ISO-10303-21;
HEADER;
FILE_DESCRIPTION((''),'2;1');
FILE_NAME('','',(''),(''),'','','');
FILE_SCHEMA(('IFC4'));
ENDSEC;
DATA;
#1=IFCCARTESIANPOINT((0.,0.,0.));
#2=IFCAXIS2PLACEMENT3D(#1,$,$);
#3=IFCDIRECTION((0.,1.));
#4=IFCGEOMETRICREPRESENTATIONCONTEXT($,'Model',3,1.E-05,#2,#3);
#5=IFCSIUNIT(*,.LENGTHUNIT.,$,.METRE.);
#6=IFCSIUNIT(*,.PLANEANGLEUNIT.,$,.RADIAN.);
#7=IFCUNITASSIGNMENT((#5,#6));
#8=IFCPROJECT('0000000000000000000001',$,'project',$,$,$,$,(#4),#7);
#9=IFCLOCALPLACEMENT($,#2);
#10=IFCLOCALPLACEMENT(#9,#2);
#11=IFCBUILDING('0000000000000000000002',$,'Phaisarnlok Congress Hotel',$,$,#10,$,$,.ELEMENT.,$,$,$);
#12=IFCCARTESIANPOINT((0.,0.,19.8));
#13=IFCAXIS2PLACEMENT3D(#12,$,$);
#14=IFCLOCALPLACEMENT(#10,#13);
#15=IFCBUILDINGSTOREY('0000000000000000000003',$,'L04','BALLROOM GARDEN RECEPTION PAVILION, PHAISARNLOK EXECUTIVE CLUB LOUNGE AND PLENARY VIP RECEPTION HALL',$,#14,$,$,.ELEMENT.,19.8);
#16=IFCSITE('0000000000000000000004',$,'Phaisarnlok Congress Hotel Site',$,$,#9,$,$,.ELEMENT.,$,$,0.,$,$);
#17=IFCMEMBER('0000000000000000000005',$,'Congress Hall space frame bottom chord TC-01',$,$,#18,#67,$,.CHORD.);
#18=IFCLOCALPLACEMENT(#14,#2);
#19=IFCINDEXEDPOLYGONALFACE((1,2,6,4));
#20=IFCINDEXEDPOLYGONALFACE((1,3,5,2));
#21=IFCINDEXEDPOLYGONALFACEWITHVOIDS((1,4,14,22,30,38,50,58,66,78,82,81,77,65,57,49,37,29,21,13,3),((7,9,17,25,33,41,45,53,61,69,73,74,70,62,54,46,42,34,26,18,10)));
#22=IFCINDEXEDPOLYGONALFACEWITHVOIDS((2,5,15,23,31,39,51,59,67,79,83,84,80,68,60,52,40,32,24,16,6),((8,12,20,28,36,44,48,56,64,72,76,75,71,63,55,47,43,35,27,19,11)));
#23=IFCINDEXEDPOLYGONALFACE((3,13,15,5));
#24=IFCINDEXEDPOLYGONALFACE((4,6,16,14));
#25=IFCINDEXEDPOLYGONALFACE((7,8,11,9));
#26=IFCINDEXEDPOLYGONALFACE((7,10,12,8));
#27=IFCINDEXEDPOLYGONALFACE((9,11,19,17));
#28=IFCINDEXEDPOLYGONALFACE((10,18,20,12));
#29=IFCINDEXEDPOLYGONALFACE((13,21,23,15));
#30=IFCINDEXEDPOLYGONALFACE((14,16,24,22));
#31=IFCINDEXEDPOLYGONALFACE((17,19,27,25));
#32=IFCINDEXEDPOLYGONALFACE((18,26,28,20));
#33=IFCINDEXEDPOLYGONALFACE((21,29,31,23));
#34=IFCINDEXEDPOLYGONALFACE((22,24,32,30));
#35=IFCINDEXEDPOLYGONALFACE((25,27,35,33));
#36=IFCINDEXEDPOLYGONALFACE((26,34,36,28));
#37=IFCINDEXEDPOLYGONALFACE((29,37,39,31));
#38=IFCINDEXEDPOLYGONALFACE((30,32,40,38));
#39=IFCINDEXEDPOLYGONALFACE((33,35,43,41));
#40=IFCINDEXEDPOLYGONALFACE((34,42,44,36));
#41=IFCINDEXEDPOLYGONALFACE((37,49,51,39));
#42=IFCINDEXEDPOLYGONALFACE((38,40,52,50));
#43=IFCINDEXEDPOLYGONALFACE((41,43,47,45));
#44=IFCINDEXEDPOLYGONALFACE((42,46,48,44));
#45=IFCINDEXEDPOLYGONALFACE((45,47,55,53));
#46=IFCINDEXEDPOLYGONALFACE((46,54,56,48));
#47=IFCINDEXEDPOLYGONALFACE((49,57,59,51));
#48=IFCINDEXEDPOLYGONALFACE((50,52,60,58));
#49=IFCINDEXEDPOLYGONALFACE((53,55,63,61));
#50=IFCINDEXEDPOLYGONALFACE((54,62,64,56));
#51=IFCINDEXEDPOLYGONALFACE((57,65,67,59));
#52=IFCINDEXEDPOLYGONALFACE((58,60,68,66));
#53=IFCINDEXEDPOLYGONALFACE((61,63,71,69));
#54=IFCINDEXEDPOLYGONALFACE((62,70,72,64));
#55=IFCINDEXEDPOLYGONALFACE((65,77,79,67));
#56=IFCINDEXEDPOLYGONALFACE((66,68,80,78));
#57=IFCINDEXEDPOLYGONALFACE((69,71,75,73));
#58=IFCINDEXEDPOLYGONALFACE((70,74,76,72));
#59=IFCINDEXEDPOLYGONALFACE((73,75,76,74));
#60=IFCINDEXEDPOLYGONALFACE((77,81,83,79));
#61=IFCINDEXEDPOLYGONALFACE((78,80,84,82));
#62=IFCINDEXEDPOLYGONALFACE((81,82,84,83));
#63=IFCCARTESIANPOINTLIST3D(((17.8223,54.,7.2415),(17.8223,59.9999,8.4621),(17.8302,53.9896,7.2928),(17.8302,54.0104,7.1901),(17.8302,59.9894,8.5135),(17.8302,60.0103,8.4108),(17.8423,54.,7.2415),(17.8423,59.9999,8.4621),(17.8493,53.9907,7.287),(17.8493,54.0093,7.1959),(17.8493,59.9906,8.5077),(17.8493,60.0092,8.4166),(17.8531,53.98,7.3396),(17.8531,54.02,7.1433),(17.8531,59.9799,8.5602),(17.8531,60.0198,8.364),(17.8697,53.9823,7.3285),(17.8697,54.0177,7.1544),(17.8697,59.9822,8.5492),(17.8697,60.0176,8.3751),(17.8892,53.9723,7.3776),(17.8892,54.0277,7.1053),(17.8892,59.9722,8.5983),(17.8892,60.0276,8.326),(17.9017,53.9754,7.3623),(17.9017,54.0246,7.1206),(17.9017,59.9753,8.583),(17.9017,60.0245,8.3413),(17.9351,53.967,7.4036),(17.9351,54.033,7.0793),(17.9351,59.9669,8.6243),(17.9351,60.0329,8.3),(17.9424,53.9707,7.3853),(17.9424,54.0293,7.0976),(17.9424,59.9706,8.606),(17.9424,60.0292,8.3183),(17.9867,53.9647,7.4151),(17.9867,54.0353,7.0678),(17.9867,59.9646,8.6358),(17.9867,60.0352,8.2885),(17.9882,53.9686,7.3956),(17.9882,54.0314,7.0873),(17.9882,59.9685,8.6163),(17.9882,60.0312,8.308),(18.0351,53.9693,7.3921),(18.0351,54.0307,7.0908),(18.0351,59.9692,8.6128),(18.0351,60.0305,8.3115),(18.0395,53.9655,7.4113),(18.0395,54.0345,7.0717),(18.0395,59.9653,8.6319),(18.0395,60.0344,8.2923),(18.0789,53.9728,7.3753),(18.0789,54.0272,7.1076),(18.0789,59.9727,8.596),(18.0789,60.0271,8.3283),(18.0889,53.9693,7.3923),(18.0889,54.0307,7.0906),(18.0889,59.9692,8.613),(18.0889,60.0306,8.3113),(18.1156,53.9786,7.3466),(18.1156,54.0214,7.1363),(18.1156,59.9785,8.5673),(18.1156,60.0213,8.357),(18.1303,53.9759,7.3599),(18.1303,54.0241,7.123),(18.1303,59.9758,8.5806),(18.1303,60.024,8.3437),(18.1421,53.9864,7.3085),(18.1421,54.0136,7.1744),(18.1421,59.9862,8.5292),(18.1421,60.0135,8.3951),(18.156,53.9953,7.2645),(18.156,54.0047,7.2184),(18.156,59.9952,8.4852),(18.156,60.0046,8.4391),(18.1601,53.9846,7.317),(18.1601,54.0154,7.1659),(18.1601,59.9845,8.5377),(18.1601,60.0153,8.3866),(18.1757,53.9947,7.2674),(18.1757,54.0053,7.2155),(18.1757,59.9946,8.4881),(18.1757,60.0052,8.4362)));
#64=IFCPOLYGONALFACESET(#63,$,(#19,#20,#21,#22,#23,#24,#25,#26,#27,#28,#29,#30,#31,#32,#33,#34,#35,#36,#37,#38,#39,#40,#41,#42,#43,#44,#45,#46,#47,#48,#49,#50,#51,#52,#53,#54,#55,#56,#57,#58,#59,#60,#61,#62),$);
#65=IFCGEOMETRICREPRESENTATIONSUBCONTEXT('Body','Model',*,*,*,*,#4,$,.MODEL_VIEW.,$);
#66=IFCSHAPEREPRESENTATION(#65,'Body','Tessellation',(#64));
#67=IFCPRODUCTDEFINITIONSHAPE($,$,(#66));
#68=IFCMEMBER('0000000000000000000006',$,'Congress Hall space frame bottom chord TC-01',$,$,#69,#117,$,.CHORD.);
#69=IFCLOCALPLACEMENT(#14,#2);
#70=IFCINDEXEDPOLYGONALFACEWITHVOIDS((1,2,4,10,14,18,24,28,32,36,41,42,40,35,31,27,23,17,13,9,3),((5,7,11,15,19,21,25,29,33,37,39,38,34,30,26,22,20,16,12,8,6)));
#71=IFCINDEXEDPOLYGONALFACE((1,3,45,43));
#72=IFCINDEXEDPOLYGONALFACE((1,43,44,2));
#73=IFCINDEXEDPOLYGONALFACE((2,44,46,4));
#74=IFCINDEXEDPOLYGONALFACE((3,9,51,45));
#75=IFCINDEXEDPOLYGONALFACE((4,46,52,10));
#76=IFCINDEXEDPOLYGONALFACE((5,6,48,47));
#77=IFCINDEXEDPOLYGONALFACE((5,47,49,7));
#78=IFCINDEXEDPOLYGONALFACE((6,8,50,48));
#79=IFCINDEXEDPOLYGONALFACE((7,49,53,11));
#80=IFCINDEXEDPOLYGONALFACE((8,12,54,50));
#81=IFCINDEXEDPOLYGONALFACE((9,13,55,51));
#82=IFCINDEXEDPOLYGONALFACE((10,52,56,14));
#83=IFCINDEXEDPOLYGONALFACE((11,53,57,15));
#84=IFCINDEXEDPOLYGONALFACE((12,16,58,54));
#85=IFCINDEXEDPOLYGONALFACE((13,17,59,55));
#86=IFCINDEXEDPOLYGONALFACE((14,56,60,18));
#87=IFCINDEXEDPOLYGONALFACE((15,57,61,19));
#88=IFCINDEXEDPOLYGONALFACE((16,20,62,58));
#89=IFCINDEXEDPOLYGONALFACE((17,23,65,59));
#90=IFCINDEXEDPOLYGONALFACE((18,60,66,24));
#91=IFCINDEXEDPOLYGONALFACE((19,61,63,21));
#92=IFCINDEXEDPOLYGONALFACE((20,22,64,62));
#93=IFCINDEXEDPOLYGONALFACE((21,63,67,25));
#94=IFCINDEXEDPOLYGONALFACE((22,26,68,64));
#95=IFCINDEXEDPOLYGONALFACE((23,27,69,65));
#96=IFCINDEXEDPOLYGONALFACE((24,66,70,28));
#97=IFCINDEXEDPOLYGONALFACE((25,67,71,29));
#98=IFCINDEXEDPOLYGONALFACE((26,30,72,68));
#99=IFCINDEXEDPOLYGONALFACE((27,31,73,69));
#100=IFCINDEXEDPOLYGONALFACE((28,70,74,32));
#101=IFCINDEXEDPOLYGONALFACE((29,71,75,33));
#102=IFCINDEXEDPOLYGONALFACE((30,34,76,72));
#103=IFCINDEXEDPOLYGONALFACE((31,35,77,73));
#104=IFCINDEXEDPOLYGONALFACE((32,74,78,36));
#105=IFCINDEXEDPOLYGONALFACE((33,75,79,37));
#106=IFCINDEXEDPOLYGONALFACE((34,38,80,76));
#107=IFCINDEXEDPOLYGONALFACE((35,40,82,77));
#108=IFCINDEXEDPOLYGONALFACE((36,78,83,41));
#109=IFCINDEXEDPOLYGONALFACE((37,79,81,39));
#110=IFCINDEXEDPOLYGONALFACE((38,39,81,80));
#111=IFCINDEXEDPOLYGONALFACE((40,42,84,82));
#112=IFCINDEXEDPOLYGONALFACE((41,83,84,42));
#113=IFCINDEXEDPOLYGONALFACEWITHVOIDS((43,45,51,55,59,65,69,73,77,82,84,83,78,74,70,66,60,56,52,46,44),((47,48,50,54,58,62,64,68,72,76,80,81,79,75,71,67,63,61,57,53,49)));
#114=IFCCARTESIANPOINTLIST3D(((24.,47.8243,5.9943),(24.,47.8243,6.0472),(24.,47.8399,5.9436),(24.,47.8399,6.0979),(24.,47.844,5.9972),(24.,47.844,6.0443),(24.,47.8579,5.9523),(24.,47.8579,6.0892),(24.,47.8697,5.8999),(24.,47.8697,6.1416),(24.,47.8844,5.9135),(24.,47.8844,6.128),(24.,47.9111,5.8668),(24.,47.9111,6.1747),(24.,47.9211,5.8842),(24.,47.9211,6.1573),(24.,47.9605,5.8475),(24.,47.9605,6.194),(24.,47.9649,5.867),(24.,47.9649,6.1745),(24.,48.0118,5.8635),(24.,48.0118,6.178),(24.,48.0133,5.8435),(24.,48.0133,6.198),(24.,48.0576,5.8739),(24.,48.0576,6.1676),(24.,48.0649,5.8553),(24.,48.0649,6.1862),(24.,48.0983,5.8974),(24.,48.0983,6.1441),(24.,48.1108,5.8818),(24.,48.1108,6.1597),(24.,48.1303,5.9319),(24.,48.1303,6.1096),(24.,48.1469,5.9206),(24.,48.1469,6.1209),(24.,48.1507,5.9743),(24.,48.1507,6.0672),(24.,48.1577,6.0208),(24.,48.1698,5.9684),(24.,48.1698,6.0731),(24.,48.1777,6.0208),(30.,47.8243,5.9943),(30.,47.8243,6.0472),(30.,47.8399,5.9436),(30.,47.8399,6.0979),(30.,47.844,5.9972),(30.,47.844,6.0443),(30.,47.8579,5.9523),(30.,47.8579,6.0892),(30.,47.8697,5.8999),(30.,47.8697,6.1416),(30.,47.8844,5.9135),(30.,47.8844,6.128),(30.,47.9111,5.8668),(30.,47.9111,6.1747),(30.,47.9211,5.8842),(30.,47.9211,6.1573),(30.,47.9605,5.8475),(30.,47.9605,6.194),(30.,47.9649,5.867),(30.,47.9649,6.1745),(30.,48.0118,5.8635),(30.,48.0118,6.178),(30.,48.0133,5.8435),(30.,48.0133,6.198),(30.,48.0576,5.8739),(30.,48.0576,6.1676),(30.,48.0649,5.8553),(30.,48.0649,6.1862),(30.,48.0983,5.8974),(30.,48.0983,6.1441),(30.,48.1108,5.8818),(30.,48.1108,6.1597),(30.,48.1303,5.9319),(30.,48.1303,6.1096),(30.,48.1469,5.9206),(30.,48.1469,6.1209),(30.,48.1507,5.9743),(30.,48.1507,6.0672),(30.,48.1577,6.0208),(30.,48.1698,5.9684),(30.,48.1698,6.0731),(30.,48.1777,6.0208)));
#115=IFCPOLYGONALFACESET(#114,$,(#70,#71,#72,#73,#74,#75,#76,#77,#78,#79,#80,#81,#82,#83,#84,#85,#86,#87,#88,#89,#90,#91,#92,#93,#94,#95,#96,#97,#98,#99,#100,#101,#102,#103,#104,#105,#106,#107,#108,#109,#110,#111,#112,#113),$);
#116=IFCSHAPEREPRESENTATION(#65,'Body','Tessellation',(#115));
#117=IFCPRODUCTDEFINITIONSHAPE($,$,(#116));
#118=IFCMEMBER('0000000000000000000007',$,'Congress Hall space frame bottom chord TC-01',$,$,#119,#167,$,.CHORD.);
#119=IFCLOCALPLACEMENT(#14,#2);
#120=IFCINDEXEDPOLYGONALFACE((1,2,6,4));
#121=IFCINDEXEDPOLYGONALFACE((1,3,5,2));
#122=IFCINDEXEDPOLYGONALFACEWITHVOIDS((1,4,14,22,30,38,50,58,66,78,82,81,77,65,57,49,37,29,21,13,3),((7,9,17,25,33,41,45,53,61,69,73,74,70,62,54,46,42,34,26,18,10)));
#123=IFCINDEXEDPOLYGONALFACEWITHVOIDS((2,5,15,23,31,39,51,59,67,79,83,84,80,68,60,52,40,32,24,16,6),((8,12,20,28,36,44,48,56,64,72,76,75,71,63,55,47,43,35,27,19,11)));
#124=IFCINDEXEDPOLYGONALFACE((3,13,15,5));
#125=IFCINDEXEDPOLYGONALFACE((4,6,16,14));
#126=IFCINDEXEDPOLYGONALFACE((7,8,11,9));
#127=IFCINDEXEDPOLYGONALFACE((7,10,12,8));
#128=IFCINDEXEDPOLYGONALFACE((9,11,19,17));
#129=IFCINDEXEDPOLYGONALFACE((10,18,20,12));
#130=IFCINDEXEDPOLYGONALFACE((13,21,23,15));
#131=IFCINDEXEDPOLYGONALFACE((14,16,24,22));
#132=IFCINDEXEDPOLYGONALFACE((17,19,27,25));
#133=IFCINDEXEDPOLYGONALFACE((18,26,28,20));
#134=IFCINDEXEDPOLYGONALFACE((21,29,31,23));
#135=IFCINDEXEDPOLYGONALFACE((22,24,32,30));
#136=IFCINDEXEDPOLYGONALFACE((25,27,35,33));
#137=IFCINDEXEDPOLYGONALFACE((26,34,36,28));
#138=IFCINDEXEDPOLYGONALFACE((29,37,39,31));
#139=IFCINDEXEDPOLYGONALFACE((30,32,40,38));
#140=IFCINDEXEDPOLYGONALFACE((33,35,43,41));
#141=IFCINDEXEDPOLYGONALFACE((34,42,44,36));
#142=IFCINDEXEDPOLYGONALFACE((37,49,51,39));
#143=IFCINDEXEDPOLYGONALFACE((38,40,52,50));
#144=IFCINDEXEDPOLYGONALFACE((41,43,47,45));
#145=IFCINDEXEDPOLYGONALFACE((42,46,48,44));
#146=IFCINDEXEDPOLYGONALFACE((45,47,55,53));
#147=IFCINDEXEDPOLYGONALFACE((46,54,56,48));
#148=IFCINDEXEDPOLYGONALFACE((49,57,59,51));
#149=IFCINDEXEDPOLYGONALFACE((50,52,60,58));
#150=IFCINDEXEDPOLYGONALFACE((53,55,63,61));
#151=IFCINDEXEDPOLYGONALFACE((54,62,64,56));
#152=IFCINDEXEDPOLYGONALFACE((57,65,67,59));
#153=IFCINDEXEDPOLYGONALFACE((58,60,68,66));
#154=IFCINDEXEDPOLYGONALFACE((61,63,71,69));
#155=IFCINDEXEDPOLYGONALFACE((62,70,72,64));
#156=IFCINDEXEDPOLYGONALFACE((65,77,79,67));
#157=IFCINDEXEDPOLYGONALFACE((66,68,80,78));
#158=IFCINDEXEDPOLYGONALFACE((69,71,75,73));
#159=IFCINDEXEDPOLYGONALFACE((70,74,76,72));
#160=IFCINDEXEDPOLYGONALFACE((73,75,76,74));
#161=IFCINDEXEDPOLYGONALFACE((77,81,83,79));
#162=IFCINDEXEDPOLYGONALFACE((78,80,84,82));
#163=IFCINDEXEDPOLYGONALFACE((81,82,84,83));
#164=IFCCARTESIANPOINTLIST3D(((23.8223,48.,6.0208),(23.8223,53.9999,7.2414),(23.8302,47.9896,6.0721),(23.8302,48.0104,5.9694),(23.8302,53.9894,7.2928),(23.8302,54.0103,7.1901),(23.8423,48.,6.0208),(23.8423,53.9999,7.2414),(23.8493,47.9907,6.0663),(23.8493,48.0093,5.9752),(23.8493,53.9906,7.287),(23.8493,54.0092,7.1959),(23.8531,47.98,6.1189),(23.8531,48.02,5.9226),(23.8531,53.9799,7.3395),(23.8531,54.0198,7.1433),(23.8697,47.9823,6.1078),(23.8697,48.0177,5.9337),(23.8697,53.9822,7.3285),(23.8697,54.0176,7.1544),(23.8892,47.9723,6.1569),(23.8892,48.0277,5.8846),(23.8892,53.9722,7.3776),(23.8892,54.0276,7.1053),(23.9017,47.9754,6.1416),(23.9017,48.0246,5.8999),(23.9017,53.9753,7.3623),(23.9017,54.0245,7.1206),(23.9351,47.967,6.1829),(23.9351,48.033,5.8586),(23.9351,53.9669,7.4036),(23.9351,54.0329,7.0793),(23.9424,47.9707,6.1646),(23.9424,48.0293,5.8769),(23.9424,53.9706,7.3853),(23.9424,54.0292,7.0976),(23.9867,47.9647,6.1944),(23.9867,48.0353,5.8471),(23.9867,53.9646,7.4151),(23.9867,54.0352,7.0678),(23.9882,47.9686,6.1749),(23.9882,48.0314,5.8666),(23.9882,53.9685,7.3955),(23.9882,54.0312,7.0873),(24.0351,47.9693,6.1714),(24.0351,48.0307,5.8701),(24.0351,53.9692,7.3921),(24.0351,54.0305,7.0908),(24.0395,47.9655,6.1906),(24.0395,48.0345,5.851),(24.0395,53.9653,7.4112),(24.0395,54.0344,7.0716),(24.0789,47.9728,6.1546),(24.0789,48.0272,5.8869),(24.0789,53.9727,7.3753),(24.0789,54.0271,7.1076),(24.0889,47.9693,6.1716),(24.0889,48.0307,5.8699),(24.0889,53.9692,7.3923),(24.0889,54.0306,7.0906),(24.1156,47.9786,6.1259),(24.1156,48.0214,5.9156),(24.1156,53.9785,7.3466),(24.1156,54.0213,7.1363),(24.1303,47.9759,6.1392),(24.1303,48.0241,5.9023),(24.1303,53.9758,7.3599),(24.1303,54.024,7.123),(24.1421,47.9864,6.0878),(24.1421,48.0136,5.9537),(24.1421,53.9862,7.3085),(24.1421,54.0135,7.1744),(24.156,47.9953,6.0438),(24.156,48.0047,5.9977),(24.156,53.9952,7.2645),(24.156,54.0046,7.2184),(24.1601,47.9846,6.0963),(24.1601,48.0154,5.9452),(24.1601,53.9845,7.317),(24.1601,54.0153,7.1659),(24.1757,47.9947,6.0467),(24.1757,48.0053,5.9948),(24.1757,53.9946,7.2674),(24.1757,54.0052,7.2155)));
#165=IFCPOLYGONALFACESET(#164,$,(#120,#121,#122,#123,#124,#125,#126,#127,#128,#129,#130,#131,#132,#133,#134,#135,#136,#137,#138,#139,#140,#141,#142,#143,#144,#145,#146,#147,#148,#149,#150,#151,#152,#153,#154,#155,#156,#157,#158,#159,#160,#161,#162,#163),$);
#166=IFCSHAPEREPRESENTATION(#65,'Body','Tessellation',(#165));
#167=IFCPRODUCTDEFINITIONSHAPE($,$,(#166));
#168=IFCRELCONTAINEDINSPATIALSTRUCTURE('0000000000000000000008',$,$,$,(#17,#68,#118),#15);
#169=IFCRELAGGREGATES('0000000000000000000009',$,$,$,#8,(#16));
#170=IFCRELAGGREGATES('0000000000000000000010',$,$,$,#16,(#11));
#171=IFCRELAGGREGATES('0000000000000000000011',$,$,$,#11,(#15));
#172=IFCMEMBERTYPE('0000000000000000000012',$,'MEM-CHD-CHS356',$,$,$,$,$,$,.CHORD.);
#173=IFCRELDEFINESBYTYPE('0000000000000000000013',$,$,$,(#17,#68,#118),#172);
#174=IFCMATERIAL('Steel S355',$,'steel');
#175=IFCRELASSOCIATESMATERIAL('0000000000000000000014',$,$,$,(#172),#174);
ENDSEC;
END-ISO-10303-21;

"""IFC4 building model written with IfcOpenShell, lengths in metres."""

from ifc_helpers import new_model, si_unit, direction, frame, origin, origin_2d, place, context, subcontext, project, spatial, hollow_circle, extrude, material, material_profile, profile_set, type_object, element, save


model = new_model("IFC4")

# Units and contexts
model_context = context("Model", 3, precision=1e-05, world=origin(), true_north=direction((0.0, 1.0)))
body_context = subcontext(model_context, "Body", "Model", "MODEL_VIEW")
ifc_project = project(units=[si_unit("LENGTHUNIT", "METRE"), si_unit("PLANEANGLEUNIT", "RADIAN")], contexts=[model_context])

# Site, building, storey
site_placement = place(None, origin())
site = spatial("IfcSite", under=ifc_project, at=site_placement, Name="Phaisarnlok Congress Hotel Site", CompositionType="ELEMENT", RefElevation=0.0)
building_placement = place(site_placement, origin())
building = spatial("IfcBuilding", under=site, at=building_placement, Name="Phaisarnlok Congress Hotel", CompositionType="ELEMENT")
storey_placement = place(building_placement, frame((0.0, 0.0, 19.8)))
storey = spatial("IfcBuildingStorey", under=building, at=storey_placement, Name="L04", Description="BALLROOM GARDEN RECEPTION PAVILION, PHAISARNLOK EXECUTIVE CLUB LOUNGE AND PLENARY VIP RECEPTION HALL", CompositionType="ELEMENT", Elevation=19.8)

# Members
ifc_material = material(Name="Steel S355", Category="steel")
ifc_material_profile_1 = material_profile(ifc_material, hollow_circle(Radius=0.1777, WallThickness=0.02, at=origin_2d()), Name="CHS 355.6x20")
ifc_profile_set_1 = profile_set([ifc_material_profile_1], Name="Steel S355")
member_type_1 = type_object("IfcMemberType", Name="MEM-CHD-CHS356", PredefinedType="CHORD", material=ifc_profile_set_1)
member_1_placement = place(storey_placement, frame((18.0, 54.0, 7.2415), z_axis=(0.0, 0.979925, 0.199366), x_axis=(-1.0, 0.0, 0.0)))
element("IfcMember", 1, at=member_1_placement, inside=storey, type_object=member_type_1, Name="Congress Hall space frame bottom chord TC-01", PredefinedType="CHORD", context=body_context, shape_type="SweptSolid", body=[
    extrude(hollow_circle(Radius=0.1777, WallThickness=0.02, at=origin_2d()), origin(), (0.0, 0.0, 1.0), 6.1228),
])
member_2_placement = place(storey_placement, frame((24.0, 48.0, 6.0208), z_axis=(1.0, 0.0, 0.0), x_axis=(0.0, 1.0, 0.0)))
element("IfcMember", 2, at=member_2_placement, inside=storey, type_object=member_type_1, Name="Congress Hall space frame bottom chord TC-01", PredefinedType="CHORD", context=body_context, shape_type="SweptSolid", body=[
    extrude(hollow_circle(Radius=0.1777, WallThickness=0.02, at=origin_2d()), origin(), (0.0, 0.0, 1.0), 6.0),
])
member_3_placement = place(storey_placement, frame((24.0, 48.0, 6.0208), z_axis=(0.0, 0.979925, 0.199366), x_axis=(-1.0, 0.0, 0.0)))
element("IfcMember", 3, at=member_3_placement, inside=storey, type_object=member_type_1, Name="Congress Hall space frame bottom chord TC-01", PredefinedType="CHORD", context=body_context, shape_type="SweptSolid", body=[
    extrude(hollow_circle(Radius=0.1777, WallThickness=0.02, at=origin_2d()), origin(), (0.0, 0.0, 1.0), 6.1228),
])

save(model, "model.ifc")
